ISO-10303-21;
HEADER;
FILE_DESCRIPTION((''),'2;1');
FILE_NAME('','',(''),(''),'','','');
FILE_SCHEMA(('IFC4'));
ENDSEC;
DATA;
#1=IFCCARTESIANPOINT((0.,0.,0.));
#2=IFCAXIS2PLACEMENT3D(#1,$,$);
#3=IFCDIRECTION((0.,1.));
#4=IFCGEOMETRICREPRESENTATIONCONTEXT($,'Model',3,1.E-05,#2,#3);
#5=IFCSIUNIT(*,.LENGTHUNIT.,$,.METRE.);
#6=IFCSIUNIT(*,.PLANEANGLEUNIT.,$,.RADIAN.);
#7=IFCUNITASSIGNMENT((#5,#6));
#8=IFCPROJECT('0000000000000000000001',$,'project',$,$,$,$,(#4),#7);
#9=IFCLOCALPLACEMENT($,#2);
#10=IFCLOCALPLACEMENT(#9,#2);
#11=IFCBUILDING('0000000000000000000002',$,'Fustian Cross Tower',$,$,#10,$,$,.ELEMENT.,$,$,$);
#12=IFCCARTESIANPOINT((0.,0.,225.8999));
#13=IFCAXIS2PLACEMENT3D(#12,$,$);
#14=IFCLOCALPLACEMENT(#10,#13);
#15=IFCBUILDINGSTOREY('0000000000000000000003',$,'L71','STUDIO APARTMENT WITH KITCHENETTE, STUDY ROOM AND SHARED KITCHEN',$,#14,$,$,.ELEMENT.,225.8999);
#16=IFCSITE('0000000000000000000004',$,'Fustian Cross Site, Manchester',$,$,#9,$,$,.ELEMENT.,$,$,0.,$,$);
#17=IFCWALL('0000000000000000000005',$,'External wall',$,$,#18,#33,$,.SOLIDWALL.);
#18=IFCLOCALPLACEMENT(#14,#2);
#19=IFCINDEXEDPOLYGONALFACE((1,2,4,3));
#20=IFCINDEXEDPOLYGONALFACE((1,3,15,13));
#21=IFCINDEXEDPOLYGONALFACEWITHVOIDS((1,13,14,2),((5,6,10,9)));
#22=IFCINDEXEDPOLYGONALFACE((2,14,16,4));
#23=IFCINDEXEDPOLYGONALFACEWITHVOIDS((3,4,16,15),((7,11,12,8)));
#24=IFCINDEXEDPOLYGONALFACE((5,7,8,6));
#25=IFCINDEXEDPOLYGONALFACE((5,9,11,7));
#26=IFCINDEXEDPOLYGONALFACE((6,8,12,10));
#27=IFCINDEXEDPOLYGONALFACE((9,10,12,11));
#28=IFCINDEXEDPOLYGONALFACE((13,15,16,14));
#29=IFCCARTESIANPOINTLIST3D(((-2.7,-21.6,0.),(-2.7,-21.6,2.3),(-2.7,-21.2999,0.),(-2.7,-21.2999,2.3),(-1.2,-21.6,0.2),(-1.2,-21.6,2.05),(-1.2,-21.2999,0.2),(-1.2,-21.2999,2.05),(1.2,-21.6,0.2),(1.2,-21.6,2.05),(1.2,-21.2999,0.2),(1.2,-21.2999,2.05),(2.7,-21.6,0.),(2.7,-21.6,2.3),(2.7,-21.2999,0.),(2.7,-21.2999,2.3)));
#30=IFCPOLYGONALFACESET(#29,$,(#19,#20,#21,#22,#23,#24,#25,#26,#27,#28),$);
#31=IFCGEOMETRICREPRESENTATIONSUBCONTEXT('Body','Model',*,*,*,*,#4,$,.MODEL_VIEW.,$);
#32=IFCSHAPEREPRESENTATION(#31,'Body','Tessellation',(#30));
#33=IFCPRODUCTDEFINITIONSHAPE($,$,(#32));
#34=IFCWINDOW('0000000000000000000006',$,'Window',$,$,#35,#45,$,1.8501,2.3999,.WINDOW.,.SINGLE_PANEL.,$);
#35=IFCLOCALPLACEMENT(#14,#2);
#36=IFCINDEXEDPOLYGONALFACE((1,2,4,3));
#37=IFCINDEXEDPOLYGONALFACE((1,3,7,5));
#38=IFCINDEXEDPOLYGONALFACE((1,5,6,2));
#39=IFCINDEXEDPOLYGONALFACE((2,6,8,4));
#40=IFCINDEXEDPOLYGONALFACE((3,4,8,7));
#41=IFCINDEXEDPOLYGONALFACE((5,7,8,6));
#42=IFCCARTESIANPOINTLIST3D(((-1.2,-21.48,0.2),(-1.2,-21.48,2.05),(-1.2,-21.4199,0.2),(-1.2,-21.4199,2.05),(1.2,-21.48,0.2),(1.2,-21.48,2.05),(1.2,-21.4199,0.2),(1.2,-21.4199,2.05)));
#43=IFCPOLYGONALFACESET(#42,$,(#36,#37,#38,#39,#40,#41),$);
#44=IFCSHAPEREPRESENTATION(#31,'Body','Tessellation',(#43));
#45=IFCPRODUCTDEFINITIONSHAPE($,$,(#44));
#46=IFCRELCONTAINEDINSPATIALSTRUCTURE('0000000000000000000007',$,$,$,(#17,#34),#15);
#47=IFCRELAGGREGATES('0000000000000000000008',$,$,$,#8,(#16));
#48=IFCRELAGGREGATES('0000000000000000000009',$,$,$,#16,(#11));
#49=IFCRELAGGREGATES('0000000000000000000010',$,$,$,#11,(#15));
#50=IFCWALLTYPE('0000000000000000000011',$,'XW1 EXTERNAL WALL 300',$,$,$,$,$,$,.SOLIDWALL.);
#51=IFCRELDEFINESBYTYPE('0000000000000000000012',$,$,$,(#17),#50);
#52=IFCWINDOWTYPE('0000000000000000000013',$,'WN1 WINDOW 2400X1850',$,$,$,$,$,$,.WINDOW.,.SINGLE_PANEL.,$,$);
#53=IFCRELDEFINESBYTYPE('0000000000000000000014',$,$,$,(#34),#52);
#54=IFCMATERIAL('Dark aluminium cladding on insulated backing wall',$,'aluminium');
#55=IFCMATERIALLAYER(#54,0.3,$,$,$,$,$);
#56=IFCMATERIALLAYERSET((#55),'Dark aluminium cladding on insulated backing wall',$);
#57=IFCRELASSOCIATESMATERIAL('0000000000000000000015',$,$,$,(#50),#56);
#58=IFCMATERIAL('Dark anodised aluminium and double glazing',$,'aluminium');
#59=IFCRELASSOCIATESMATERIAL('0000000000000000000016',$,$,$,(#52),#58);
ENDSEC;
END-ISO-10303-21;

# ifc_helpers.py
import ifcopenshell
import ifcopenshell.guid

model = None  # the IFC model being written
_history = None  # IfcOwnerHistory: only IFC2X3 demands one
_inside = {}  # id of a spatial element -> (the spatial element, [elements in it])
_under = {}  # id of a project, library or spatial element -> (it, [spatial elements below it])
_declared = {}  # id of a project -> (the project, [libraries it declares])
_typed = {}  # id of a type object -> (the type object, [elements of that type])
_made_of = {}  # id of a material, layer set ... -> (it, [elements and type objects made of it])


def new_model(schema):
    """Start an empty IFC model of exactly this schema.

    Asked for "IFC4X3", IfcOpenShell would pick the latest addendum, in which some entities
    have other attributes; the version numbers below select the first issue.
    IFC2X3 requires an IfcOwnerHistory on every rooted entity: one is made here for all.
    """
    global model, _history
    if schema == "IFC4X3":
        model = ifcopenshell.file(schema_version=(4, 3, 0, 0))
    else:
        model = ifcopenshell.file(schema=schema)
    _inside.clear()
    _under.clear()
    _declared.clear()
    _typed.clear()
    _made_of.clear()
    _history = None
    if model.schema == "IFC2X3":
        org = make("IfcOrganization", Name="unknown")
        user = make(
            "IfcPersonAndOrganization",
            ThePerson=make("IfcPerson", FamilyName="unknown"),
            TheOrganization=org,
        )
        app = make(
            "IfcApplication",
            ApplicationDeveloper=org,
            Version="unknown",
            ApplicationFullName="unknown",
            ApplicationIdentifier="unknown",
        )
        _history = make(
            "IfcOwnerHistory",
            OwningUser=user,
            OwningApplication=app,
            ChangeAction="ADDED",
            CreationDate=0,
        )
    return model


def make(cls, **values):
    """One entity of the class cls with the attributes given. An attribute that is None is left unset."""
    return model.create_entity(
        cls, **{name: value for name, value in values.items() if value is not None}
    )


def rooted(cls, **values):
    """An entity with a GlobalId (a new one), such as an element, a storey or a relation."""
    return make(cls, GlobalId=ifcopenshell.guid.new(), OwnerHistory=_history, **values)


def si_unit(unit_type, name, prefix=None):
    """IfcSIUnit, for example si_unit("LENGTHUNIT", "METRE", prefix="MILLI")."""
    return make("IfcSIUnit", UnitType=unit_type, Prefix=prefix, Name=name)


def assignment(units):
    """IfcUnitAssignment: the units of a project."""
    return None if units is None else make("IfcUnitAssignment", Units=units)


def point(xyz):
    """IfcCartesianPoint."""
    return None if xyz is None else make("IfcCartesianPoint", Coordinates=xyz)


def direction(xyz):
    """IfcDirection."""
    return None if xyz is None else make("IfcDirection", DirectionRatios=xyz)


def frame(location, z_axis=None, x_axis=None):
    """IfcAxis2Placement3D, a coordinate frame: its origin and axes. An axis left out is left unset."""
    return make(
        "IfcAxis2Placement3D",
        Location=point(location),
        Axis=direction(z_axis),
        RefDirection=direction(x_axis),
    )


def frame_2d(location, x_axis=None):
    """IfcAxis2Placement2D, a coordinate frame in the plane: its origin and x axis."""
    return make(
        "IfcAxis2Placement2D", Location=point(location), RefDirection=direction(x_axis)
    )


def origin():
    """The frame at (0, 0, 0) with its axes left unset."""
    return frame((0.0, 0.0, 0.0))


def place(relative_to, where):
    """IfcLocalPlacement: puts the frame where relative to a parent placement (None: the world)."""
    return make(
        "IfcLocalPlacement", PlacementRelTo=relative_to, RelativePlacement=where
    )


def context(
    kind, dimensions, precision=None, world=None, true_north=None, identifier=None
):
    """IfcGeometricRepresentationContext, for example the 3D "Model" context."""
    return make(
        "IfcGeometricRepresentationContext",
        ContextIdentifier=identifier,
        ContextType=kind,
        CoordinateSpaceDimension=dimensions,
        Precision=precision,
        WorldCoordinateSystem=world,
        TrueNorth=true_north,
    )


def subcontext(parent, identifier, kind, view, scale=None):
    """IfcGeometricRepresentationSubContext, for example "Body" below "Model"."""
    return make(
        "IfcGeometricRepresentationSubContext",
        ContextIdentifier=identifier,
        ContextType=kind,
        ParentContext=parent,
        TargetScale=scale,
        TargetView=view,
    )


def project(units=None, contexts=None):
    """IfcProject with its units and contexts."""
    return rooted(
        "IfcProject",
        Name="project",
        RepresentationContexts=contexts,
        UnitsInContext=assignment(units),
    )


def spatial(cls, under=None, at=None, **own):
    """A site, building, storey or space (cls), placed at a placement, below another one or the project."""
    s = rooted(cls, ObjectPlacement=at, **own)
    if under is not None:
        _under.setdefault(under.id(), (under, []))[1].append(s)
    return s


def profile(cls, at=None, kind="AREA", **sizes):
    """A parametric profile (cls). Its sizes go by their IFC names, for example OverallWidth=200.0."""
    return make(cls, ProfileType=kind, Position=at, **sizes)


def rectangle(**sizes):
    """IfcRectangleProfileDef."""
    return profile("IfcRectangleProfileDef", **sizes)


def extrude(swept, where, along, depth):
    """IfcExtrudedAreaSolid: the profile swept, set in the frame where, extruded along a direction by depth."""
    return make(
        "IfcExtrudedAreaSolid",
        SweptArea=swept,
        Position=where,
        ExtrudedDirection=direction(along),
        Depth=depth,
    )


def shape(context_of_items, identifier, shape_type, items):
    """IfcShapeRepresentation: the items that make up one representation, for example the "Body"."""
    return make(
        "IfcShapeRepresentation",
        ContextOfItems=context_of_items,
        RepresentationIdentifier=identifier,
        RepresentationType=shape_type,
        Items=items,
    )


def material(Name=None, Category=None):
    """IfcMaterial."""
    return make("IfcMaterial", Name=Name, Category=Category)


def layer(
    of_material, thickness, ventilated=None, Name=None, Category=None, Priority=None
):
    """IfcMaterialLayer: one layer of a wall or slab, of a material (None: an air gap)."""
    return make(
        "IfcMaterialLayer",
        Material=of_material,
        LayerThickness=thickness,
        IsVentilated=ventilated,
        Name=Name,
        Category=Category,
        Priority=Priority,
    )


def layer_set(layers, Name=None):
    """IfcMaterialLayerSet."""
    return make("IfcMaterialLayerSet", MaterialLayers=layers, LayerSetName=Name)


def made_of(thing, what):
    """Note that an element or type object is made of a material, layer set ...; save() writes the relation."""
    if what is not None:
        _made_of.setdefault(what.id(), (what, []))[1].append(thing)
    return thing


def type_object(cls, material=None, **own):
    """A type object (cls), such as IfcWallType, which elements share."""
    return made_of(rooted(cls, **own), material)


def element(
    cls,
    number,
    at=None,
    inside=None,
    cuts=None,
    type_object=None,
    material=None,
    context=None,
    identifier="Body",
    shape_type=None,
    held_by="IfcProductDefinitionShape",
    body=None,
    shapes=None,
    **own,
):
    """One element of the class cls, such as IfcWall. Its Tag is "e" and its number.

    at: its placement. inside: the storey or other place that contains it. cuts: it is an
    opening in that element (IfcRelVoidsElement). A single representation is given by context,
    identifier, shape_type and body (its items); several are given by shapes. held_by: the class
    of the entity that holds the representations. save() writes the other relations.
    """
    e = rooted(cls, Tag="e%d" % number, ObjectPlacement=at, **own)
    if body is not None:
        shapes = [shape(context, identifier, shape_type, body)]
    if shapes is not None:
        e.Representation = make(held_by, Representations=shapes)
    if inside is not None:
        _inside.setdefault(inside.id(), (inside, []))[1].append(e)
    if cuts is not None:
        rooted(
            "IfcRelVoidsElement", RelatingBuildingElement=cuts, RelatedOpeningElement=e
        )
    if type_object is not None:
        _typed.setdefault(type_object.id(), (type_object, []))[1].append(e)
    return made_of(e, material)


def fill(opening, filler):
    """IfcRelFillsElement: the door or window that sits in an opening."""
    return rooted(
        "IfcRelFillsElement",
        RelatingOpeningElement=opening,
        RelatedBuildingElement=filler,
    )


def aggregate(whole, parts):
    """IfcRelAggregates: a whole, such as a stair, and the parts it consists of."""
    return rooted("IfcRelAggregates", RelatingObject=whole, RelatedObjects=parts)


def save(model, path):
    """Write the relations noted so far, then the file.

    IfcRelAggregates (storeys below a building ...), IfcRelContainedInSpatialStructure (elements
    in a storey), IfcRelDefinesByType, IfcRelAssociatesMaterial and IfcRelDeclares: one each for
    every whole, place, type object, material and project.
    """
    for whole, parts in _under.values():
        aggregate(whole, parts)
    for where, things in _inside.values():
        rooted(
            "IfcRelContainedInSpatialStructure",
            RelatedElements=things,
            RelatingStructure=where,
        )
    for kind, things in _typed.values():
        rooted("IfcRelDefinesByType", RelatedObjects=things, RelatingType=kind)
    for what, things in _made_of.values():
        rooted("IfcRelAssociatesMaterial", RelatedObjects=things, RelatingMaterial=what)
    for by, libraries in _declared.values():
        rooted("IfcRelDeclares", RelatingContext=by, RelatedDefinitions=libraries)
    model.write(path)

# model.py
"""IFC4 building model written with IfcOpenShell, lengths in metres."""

from ifc_helpers import new_model, si_unit, direction, frame, frame_2d, origin, place, context, subcontext, project, spatial, rectangle, extrude, material, layer, layer_set, type_object, element, fill, save


model = new_model("IFC4")

# Units and contexts
model_context = context("Model", 3, precision=1e-05, world=origin(), true_north=direction((0.0, 1.0)))
body_context = subcontext(model_context, "Body", "Model", "MODEL_VIEW")
ifc_project = project(units=[si_unit("LENGTHUNIT", "METRE"), si_unit("PLANEANGLEUNIT", "RADIAN")], contexts=[model_context])

# Site, building, storey
site_placement = place(None, origin())
site = spatial("IfcSite", under=ifc_project, at=site_placement, Name="Fustian Cross Site, Manchester", CompositionType="ELEMENT", RefElevation=0.0)
building_placement = place(site_placement, origin())
building = spatial("IfcBuilding", under=site, at=building_placement, Name="Fustian Cross Tower", CompositionType="ELEMENT")
storey_placement = place(building_placement, frame((0.0, 0.0, 225.8999)))
storey = spatial("IfcBuildingStorey", under=building, at=storey_placement, Name="L71", Description="STUDIO APARTMENT WITH KITCHENETTE, STUDY ROOM AND SHARED KITCHEN", CompositionType="ELEMENT", Elevation=225.8999)

# Shared definitions
ifc_material_1 = material(Name="Dark aluminium cladding on insulated backing wall", Category="aluminium")
ifc_layer_1 = layer(ifc_material_1, 0.3)
ifc_layer_set_1 = layer_set([ifc_layer_1], Name="Dark aluminium cladding on insulated backing wall")
wall_type_1 = type_object("IfcWallType", Name="XW1 EXTERNAL WALL 300", PredefinedType="SOLIDWALL", material=ifc_layer_set_1)

# Wall, opening, window
wall_1_placement = place(storey_placement, frame((-2.7, -21.45, 0.0), z_axis=(0.0, 0.0, 1.0), x_axis=(1.0, 0.0, 0.0)))
wall_1 = element("IfcWall", 1, at=wall_1_placement, inside=storey, type_object=wall_type_1, Name="External wall", PredefinedType="SOLIDWALL", context=body_context, shape_type="SweptSolid", body=[
    extrude(rectangle(XDim=5.3999, YDim=0.3, at=frame_2d((2.7, 0.0))), origin(), (0.0, 0.0, 1.0), 2.3),
])
opening_1_placement = place(wall_1_placement, frame((1.5, 0.0, 0.2)))
opening_1 = element("IfcOpeningElement", 2, at=opening_1_placement, cuts=wall_1, PredefinedType="OPENING", context=body_context, shape_type="SweptSolid", body=[
    extrude(rectangle(XDim=2.3999, YDim=1.8501, at=frame_2d((1.2, 0.925))), frame((0.0, 0.1599, 0.0), z_axis=(0.0, -1.0, 0.0), x_axis=(1.0, 0.0, 0.0)), (0.0, 0.0, 1.0), 0.3201),
])
ifc_material_2 = material(Name="Dark anodised aluminium and double glazing", Category="aluminium")
window_type_1 = type_object("IfcWindowType", Name="WN1 WINDOW 2400X1850", PartitioningType="SINGLE_PANEL", PredefinedType="WINDOW", material=ifc_material_2)
window_1_placement = place(opening_1_placement, origin())
window_1 = element("IfcWindow", 3, at=window_1_placement, inside=storey, type_object=window_type_1, Name="Window", OverallHeight=1.8501, OverallWidth=2.3999, PartitioningType="SINGLE_PANEL", PredefinedType="WINDOW", context=body_context, shape_type="SweptSolid", body=[
    extrude(rectangle(XDim=2.3999, YDim=1.8501, at=frame_2d((1.2, 0.925))), frame((0.0, 0.03, 0.0), z_axis=(0.0, -1.0, 0.0), x_axis=(1.0, 0.0, 0.0)), (0.0, 0.0, 1.0), 0.0601),
])
fill(opening_1, window_1)

save(model, "model.ifc")
